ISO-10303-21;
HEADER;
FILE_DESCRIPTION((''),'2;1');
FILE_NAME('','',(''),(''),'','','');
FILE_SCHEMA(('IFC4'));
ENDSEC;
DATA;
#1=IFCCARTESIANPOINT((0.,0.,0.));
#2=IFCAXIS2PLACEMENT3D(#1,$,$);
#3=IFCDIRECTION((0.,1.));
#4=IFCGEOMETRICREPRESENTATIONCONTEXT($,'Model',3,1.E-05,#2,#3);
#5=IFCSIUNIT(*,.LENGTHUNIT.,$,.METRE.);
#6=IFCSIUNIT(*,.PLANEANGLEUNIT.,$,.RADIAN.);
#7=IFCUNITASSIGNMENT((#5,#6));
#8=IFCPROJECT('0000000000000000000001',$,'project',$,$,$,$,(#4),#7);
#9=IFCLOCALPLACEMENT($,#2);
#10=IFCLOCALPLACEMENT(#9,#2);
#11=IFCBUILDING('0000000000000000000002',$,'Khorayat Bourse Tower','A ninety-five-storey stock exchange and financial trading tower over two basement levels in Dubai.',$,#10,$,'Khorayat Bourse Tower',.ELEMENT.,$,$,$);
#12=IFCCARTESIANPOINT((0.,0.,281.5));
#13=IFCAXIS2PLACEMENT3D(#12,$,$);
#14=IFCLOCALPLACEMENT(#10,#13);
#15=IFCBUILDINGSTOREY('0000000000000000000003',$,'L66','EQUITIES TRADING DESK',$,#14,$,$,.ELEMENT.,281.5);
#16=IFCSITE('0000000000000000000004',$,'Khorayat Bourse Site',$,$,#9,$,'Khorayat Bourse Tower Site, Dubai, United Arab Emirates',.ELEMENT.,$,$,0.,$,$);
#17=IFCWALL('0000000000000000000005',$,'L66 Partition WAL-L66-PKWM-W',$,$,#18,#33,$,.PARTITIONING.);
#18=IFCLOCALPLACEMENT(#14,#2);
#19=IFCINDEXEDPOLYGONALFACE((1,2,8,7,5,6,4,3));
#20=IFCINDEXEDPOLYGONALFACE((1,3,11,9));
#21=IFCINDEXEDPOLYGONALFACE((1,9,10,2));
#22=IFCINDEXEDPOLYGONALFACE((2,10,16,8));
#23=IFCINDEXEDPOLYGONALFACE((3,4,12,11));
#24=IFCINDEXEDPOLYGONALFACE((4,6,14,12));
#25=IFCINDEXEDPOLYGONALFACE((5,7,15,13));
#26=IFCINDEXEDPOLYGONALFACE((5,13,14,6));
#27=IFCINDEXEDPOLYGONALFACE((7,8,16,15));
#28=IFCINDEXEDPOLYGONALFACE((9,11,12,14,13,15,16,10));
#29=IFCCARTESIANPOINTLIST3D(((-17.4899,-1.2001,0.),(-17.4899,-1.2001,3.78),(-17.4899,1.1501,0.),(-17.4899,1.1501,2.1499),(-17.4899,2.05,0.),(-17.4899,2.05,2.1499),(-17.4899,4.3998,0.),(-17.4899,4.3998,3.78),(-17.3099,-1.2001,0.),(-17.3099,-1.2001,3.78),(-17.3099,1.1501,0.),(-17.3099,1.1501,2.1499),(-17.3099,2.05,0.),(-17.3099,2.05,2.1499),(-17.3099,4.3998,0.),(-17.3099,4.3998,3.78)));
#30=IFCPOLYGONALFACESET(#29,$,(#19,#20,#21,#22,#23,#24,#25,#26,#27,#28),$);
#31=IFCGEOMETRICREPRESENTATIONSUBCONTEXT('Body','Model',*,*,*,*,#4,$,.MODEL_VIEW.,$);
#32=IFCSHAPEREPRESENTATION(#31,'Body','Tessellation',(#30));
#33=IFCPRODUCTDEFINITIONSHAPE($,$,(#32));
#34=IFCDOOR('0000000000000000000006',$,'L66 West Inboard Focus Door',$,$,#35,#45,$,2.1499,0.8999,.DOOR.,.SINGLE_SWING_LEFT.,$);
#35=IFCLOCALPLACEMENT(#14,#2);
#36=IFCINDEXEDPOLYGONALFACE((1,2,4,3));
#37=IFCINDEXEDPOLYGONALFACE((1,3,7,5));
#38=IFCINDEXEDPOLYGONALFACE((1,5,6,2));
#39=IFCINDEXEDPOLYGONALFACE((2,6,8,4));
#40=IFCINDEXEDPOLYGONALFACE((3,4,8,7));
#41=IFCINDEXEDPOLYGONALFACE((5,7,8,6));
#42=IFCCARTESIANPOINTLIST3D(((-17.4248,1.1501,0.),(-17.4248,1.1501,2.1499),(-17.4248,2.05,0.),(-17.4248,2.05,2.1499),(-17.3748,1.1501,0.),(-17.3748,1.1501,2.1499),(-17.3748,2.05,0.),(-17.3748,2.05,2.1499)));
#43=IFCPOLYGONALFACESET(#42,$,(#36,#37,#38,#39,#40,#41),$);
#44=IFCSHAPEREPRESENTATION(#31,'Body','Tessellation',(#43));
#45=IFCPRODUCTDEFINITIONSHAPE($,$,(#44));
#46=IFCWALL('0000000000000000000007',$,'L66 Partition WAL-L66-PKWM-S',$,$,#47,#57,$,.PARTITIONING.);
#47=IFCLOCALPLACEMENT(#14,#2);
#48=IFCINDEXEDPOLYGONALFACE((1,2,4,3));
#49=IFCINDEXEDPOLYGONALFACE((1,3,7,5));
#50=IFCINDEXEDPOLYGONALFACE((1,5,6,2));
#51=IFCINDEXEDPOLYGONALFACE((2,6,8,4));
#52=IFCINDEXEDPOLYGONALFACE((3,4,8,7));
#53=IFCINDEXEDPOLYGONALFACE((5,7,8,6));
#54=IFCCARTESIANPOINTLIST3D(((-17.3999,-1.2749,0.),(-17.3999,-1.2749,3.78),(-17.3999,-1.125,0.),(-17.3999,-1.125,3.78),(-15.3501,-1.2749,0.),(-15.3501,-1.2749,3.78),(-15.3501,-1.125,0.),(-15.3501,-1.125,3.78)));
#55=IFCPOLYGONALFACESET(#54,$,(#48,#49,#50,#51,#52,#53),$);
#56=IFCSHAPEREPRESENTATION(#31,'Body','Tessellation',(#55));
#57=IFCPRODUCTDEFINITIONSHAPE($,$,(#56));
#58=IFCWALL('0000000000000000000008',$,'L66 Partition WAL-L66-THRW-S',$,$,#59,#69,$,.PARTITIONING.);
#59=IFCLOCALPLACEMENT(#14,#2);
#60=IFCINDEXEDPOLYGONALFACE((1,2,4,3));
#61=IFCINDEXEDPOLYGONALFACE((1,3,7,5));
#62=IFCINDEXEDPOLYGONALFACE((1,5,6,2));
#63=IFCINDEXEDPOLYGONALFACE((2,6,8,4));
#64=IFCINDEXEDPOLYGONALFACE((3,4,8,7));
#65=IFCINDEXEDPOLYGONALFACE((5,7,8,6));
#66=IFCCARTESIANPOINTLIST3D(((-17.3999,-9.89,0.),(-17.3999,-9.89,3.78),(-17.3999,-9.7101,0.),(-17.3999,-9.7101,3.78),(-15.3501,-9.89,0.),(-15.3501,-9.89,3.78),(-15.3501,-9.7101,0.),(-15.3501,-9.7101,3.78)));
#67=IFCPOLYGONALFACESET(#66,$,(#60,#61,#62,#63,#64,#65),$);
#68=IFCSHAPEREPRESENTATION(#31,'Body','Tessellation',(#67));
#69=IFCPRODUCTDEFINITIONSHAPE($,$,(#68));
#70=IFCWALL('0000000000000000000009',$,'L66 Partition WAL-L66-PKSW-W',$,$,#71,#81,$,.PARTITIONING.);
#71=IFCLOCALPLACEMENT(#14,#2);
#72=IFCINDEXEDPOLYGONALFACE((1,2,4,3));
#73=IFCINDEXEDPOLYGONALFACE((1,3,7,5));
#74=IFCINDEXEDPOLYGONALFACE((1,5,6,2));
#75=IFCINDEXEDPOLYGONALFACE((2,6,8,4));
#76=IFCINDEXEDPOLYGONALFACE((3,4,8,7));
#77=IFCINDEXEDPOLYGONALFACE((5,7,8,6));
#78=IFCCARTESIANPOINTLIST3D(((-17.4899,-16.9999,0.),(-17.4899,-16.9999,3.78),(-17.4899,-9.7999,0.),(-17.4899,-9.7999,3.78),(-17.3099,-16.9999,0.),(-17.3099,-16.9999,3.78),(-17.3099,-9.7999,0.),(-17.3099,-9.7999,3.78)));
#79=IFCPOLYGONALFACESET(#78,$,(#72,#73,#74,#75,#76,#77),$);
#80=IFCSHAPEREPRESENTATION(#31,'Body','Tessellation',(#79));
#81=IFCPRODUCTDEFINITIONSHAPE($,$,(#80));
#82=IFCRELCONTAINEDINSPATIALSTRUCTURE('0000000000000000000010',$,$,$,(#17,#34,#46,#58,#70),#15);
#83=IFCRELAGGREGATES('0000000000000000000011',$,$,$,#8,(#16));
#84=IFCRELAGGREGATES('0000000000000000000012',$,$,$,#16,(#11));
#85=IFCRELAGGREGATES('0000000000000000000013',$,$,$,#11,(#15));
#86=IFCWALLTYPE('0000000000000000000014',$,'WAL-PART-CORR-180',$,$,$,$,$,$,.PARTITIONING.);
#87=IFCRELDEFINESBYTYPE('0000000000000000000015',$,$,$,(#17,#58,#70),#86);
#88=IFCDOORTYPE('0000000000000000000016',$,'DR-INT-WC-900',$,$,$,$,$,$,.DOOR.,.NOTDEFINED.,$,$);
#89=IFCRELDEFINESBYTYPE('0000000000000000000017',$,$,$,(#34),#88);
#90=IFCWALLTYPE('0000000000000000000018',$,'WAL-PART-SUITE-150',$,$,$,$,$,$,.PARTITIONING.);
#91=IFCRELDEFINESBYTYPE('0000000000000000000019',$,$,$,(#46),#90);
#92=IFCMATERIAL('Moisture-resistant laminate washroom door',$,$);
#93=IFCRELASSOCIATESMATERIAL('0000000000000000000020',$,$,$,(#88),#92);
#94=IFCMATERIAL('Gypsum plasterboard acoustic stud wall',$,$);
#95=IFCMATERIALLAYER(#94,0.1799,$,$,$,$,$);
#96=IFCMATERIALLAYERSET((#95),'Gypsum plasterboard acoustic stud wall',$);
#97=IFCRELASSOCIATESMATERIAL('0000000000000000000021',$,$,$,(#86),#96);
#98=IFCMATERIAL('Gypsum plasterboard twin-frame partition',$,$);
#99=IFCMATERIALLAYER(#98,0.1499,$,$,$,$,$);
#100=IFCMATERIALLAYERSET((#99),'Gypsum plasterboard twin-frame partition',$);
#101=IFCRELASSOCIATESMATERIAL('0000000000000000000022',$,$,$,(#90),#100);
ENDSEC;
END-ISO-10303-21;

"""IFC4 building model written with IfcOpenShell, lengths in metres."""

from ifc_helpers import new_model, si_unit, direction, frame, frame_2d, origin, place, context, subcontext, project, spatial, rectangle, extrude, source, transform, mapped, material, layer, layer_set, type_object, element, fill, save


model = new_model("IFC4")

# Units and contexts
model_context = context("Model", 3, precision=1e-05, world=origin(), true_north=direction((0.0, 1.0)))
body_context = subcontext(model_context, "Body", "Model", "MODEL_VIEW")
ifc_project = project(units=[si_unit("LENGTHUNIT", "METRE"), si_unit("PLANEANGLEUNIT", "RADIAN")], contexts=[model_context])

# Site, building, storey
site_placement = place(None, origin())
site = spatial("IfcSite", under=ifc_project, at=site_placement, Name="Khorayat Bourse Site", LongName="Khorayat Bourse Tower Site, Dubai, United Arab Emirates", CompositionType="ELEMENT", RefElevation=0.0)
building_placement = place(site_placement, origin())
building = spatial("IfcBuilding", under=site, at=building_placement, Name="Khorayat Bourse Tower", Description="A ninety-five-storey stock exchange and financial trading tower over two basement levels in Dubai.", LongName="Khorayat Bourse Tower", CompositionType="ELEMENT")
storey_placement = place(building_placement, frame((0.0, 0.0, 281.5)))
storey = spatial("IfcBuildingStorey", under=building, at=storey_placement, Name="L66", Description="EQUITIES TRADING DESK", CompositionType="ELEMENT", Elevation=281.5)

# Shared definitions
ifc_material_1 = material(Name="Moisture-resistant laminate washroom door")
door_type_1 = type_object("IfcDoorType", Name="DR-INT-WC-900", OperationType="NOTDEFINED", PredefinedType="DOOR", material=ifc_material_1)
shared_shape_1 = source(origin(), body_context, "Body", "SweptSolid", [
    extrude(rectangle(XDim=0.8999, YDim=2.1499, at=frame_2d((0.45, 1.075))), frame((0.0, 0.0249, 0.0), z_axis=(0.0, -1.0, 0.0), x_axis=(1.0, 0.0, 0.0)), (0.0, 0.0, 1.0), 0.05),
])

# Shared definitions
ifc_material_2 = material(Name="Gypsum plasterboard acoustic stud wall")
ifc_layer_1 = layer(ifc_material_2, 0.1799)
ifc_layer_set_1 = layer_set([ifc_layer_1], Name="Gypsum plasterboard acoustic stud wall")
wall_type_1 = type_object("IfcWallType", Name="WAL-PART-CORR-180", PredefinedType="PARTITIONING", material=ifc_layer_set_1)

# Wall, opening, door
shared_shape_2 = source(origin(), body_context, "Body", "SweptSolid", [
    extrude(rectangle(XDim=5.5999, YDim=0.1799, at=frame_2d((2.7998, 0.0))), origin(), (0.0, 0.0, 1.0), 3.78),
])
wall_1_placement = place(storey_placement, frame((-17.3999, -1.2, 0.0), z_axis=(0.0, 0.0, 1.0), x_axis=(0.0, 1.0, 0.0)))
wall_1 = element("IfcWall", 1, at=wall_1_placement, inside=storey, type_object=wall_type_1, Name="L66 Partition WAL-L66-PKWM-W", PredefinedType="PARTITIONING", context=body_context, shape_type="MappedRepresentation", body=[
    mapped(shared_shape_2, transform((0.0, 0.0, 0.0), scale=1.0)),
])
shared_shape_3 = source(origin(), body_context, "Body", "SweptSolid", [
    extrude(rectangle(XDim=0.8999, YDim=2.1499, at=frame_2d((0.45, 1.075))), frame((0.0, 0.0999, 0.0), z_axis=(0.0, -1.0, 0.0), x_axis=(1.0, 0.0, 0.0)), (0.0, 0.0, 1.0), 0.2),
])
opening_1_placement = place(wall_1_placement, frame((2.3501, 0.0, 0.0)))
opening_1 = element("IfcOpeningElement", 2, at=opening_1_placement, cuts=wall_1, PredefinedType="OPENING", context=body_context, shape_type="MappedRepresentation", body=[
    mapped(shared_shape_3, transform((0.0, 0.0, 0.0), scale=1.0)),
])
door_1_placement = place(opening_1_placement, origin())
door_1 = element("IfcDoor", 3, at=door_1_placement, inside=storey, type_object=door_type_1, Name="L66 West Inboard Focus Door", OperationType="SINGLE_SWING_LEFT", OverallHeight=2.1499, OverallWidth=0.8999, PredefinedType="DOOR", context=body_context, shape_type="MappedRepresentation", body=[
    mapped(shared_shape_1, transform((0.0, 0.0, 0.0), scale=1.0)),
])
fill(opening_1, door_1)

# Walls
ifc_material_3 = material(Name="Gypsum plasterboard twin-frame partition")
ifc_layer_2 = layer(ifc_material_3, 0.1499)
ifc_layer_set_2 = layer_set([ifc_layer_2], Name="Gypsum plasterboard twin-frame partition")
wall_type_2 = type_object("IfcWallType", Name="WAL-PART-SUITE-150", PredefinedType="PARTITIONING", material=ifc_layer_set_2)
shared_shape_4 = source(origin(), body_context, "Body", "SweptSolid", [
    extrude(rectangle(XDim=2.0498, YDim=0.1499, at=frame_2d((1.0249, 0.0))), origin(), (0.0, 0.0, 1.0), 3.78),
])
wall_2_placement = place(storey_placement, frame((-17.3999, -1.2, 0.0), z_axis=(0.0, 0.0, 1.0), x_axis=(1.0, 0.0, 0.0)))
element("IfcWall", 4, at=wall_2_placement, inside=storey, type_object=wall_type_2, Name="L66 Partition WAL-L66-PKWM-S", PredefinedType="PARTITIONING", context=body_context, shape_type="MappedRepresentation", body=[
    mapped(shared_shape_4, transform((0.0, 0.0, 0.0), scale=1.0)),
])
shared_shape_5 = source(origin(), body_context, "Body", "SweptSolid", [
    extrude(rectangle(XDim=2.0498, YDim=0.1799, at=frame_2d((1.0249, 0.0))), origin(), (0.0, 0.0, 1.0), 3.78),
])
wall_3_placement = place(storey_placement, frame((-17.3999, -9.8, 0.0), z_axis=(0.0, 0.0, 1.0), x_axis=(1.0, 0.0, 0.0)))
element("IfcWall", 5, at=wall_3_placement, inside=storey, type_object=wall_type_1, Name="L66 Partition WAL-L66-THRW-S", PredefinedType="PARTITIONING", context=body_context, shape_type="MappedRepresentation", body=[
    mapped(shared_shape_5, transform((0.0, 0.0, 0.0), scale=1.0)),
])
shared_shape_6 = source(origin(), body_context, "Body", "SweptSolid", [
    extrude(rectangle(XDim=7.2, YDim=0.1799, at=frame_2d((3.6001, 0.0))), origin(), (0.0, 0.0, 1.0), 3.78),
])
wall_4_placement = place(storey_placement, frame((-17.3999, -17.0, 0.0), z_axis=(0.0, 0.0, 1.0), x_axis=(0.0, 1.0, 0.0)))
element("IfcWall", 6, at=wall_4_placement, inside=storey, type_object=wall_type_1, Name="L66 Partition WAL-L66-PKSW-W", PredefinedType="PARTITIONING", context=body_context, shape_type="MappedRepresentation", body=[
    mapped(shared_shape_6, transform((0.0, 0.0, 0.0), scale=1.0)),
])

save(model, "model.ifc")
